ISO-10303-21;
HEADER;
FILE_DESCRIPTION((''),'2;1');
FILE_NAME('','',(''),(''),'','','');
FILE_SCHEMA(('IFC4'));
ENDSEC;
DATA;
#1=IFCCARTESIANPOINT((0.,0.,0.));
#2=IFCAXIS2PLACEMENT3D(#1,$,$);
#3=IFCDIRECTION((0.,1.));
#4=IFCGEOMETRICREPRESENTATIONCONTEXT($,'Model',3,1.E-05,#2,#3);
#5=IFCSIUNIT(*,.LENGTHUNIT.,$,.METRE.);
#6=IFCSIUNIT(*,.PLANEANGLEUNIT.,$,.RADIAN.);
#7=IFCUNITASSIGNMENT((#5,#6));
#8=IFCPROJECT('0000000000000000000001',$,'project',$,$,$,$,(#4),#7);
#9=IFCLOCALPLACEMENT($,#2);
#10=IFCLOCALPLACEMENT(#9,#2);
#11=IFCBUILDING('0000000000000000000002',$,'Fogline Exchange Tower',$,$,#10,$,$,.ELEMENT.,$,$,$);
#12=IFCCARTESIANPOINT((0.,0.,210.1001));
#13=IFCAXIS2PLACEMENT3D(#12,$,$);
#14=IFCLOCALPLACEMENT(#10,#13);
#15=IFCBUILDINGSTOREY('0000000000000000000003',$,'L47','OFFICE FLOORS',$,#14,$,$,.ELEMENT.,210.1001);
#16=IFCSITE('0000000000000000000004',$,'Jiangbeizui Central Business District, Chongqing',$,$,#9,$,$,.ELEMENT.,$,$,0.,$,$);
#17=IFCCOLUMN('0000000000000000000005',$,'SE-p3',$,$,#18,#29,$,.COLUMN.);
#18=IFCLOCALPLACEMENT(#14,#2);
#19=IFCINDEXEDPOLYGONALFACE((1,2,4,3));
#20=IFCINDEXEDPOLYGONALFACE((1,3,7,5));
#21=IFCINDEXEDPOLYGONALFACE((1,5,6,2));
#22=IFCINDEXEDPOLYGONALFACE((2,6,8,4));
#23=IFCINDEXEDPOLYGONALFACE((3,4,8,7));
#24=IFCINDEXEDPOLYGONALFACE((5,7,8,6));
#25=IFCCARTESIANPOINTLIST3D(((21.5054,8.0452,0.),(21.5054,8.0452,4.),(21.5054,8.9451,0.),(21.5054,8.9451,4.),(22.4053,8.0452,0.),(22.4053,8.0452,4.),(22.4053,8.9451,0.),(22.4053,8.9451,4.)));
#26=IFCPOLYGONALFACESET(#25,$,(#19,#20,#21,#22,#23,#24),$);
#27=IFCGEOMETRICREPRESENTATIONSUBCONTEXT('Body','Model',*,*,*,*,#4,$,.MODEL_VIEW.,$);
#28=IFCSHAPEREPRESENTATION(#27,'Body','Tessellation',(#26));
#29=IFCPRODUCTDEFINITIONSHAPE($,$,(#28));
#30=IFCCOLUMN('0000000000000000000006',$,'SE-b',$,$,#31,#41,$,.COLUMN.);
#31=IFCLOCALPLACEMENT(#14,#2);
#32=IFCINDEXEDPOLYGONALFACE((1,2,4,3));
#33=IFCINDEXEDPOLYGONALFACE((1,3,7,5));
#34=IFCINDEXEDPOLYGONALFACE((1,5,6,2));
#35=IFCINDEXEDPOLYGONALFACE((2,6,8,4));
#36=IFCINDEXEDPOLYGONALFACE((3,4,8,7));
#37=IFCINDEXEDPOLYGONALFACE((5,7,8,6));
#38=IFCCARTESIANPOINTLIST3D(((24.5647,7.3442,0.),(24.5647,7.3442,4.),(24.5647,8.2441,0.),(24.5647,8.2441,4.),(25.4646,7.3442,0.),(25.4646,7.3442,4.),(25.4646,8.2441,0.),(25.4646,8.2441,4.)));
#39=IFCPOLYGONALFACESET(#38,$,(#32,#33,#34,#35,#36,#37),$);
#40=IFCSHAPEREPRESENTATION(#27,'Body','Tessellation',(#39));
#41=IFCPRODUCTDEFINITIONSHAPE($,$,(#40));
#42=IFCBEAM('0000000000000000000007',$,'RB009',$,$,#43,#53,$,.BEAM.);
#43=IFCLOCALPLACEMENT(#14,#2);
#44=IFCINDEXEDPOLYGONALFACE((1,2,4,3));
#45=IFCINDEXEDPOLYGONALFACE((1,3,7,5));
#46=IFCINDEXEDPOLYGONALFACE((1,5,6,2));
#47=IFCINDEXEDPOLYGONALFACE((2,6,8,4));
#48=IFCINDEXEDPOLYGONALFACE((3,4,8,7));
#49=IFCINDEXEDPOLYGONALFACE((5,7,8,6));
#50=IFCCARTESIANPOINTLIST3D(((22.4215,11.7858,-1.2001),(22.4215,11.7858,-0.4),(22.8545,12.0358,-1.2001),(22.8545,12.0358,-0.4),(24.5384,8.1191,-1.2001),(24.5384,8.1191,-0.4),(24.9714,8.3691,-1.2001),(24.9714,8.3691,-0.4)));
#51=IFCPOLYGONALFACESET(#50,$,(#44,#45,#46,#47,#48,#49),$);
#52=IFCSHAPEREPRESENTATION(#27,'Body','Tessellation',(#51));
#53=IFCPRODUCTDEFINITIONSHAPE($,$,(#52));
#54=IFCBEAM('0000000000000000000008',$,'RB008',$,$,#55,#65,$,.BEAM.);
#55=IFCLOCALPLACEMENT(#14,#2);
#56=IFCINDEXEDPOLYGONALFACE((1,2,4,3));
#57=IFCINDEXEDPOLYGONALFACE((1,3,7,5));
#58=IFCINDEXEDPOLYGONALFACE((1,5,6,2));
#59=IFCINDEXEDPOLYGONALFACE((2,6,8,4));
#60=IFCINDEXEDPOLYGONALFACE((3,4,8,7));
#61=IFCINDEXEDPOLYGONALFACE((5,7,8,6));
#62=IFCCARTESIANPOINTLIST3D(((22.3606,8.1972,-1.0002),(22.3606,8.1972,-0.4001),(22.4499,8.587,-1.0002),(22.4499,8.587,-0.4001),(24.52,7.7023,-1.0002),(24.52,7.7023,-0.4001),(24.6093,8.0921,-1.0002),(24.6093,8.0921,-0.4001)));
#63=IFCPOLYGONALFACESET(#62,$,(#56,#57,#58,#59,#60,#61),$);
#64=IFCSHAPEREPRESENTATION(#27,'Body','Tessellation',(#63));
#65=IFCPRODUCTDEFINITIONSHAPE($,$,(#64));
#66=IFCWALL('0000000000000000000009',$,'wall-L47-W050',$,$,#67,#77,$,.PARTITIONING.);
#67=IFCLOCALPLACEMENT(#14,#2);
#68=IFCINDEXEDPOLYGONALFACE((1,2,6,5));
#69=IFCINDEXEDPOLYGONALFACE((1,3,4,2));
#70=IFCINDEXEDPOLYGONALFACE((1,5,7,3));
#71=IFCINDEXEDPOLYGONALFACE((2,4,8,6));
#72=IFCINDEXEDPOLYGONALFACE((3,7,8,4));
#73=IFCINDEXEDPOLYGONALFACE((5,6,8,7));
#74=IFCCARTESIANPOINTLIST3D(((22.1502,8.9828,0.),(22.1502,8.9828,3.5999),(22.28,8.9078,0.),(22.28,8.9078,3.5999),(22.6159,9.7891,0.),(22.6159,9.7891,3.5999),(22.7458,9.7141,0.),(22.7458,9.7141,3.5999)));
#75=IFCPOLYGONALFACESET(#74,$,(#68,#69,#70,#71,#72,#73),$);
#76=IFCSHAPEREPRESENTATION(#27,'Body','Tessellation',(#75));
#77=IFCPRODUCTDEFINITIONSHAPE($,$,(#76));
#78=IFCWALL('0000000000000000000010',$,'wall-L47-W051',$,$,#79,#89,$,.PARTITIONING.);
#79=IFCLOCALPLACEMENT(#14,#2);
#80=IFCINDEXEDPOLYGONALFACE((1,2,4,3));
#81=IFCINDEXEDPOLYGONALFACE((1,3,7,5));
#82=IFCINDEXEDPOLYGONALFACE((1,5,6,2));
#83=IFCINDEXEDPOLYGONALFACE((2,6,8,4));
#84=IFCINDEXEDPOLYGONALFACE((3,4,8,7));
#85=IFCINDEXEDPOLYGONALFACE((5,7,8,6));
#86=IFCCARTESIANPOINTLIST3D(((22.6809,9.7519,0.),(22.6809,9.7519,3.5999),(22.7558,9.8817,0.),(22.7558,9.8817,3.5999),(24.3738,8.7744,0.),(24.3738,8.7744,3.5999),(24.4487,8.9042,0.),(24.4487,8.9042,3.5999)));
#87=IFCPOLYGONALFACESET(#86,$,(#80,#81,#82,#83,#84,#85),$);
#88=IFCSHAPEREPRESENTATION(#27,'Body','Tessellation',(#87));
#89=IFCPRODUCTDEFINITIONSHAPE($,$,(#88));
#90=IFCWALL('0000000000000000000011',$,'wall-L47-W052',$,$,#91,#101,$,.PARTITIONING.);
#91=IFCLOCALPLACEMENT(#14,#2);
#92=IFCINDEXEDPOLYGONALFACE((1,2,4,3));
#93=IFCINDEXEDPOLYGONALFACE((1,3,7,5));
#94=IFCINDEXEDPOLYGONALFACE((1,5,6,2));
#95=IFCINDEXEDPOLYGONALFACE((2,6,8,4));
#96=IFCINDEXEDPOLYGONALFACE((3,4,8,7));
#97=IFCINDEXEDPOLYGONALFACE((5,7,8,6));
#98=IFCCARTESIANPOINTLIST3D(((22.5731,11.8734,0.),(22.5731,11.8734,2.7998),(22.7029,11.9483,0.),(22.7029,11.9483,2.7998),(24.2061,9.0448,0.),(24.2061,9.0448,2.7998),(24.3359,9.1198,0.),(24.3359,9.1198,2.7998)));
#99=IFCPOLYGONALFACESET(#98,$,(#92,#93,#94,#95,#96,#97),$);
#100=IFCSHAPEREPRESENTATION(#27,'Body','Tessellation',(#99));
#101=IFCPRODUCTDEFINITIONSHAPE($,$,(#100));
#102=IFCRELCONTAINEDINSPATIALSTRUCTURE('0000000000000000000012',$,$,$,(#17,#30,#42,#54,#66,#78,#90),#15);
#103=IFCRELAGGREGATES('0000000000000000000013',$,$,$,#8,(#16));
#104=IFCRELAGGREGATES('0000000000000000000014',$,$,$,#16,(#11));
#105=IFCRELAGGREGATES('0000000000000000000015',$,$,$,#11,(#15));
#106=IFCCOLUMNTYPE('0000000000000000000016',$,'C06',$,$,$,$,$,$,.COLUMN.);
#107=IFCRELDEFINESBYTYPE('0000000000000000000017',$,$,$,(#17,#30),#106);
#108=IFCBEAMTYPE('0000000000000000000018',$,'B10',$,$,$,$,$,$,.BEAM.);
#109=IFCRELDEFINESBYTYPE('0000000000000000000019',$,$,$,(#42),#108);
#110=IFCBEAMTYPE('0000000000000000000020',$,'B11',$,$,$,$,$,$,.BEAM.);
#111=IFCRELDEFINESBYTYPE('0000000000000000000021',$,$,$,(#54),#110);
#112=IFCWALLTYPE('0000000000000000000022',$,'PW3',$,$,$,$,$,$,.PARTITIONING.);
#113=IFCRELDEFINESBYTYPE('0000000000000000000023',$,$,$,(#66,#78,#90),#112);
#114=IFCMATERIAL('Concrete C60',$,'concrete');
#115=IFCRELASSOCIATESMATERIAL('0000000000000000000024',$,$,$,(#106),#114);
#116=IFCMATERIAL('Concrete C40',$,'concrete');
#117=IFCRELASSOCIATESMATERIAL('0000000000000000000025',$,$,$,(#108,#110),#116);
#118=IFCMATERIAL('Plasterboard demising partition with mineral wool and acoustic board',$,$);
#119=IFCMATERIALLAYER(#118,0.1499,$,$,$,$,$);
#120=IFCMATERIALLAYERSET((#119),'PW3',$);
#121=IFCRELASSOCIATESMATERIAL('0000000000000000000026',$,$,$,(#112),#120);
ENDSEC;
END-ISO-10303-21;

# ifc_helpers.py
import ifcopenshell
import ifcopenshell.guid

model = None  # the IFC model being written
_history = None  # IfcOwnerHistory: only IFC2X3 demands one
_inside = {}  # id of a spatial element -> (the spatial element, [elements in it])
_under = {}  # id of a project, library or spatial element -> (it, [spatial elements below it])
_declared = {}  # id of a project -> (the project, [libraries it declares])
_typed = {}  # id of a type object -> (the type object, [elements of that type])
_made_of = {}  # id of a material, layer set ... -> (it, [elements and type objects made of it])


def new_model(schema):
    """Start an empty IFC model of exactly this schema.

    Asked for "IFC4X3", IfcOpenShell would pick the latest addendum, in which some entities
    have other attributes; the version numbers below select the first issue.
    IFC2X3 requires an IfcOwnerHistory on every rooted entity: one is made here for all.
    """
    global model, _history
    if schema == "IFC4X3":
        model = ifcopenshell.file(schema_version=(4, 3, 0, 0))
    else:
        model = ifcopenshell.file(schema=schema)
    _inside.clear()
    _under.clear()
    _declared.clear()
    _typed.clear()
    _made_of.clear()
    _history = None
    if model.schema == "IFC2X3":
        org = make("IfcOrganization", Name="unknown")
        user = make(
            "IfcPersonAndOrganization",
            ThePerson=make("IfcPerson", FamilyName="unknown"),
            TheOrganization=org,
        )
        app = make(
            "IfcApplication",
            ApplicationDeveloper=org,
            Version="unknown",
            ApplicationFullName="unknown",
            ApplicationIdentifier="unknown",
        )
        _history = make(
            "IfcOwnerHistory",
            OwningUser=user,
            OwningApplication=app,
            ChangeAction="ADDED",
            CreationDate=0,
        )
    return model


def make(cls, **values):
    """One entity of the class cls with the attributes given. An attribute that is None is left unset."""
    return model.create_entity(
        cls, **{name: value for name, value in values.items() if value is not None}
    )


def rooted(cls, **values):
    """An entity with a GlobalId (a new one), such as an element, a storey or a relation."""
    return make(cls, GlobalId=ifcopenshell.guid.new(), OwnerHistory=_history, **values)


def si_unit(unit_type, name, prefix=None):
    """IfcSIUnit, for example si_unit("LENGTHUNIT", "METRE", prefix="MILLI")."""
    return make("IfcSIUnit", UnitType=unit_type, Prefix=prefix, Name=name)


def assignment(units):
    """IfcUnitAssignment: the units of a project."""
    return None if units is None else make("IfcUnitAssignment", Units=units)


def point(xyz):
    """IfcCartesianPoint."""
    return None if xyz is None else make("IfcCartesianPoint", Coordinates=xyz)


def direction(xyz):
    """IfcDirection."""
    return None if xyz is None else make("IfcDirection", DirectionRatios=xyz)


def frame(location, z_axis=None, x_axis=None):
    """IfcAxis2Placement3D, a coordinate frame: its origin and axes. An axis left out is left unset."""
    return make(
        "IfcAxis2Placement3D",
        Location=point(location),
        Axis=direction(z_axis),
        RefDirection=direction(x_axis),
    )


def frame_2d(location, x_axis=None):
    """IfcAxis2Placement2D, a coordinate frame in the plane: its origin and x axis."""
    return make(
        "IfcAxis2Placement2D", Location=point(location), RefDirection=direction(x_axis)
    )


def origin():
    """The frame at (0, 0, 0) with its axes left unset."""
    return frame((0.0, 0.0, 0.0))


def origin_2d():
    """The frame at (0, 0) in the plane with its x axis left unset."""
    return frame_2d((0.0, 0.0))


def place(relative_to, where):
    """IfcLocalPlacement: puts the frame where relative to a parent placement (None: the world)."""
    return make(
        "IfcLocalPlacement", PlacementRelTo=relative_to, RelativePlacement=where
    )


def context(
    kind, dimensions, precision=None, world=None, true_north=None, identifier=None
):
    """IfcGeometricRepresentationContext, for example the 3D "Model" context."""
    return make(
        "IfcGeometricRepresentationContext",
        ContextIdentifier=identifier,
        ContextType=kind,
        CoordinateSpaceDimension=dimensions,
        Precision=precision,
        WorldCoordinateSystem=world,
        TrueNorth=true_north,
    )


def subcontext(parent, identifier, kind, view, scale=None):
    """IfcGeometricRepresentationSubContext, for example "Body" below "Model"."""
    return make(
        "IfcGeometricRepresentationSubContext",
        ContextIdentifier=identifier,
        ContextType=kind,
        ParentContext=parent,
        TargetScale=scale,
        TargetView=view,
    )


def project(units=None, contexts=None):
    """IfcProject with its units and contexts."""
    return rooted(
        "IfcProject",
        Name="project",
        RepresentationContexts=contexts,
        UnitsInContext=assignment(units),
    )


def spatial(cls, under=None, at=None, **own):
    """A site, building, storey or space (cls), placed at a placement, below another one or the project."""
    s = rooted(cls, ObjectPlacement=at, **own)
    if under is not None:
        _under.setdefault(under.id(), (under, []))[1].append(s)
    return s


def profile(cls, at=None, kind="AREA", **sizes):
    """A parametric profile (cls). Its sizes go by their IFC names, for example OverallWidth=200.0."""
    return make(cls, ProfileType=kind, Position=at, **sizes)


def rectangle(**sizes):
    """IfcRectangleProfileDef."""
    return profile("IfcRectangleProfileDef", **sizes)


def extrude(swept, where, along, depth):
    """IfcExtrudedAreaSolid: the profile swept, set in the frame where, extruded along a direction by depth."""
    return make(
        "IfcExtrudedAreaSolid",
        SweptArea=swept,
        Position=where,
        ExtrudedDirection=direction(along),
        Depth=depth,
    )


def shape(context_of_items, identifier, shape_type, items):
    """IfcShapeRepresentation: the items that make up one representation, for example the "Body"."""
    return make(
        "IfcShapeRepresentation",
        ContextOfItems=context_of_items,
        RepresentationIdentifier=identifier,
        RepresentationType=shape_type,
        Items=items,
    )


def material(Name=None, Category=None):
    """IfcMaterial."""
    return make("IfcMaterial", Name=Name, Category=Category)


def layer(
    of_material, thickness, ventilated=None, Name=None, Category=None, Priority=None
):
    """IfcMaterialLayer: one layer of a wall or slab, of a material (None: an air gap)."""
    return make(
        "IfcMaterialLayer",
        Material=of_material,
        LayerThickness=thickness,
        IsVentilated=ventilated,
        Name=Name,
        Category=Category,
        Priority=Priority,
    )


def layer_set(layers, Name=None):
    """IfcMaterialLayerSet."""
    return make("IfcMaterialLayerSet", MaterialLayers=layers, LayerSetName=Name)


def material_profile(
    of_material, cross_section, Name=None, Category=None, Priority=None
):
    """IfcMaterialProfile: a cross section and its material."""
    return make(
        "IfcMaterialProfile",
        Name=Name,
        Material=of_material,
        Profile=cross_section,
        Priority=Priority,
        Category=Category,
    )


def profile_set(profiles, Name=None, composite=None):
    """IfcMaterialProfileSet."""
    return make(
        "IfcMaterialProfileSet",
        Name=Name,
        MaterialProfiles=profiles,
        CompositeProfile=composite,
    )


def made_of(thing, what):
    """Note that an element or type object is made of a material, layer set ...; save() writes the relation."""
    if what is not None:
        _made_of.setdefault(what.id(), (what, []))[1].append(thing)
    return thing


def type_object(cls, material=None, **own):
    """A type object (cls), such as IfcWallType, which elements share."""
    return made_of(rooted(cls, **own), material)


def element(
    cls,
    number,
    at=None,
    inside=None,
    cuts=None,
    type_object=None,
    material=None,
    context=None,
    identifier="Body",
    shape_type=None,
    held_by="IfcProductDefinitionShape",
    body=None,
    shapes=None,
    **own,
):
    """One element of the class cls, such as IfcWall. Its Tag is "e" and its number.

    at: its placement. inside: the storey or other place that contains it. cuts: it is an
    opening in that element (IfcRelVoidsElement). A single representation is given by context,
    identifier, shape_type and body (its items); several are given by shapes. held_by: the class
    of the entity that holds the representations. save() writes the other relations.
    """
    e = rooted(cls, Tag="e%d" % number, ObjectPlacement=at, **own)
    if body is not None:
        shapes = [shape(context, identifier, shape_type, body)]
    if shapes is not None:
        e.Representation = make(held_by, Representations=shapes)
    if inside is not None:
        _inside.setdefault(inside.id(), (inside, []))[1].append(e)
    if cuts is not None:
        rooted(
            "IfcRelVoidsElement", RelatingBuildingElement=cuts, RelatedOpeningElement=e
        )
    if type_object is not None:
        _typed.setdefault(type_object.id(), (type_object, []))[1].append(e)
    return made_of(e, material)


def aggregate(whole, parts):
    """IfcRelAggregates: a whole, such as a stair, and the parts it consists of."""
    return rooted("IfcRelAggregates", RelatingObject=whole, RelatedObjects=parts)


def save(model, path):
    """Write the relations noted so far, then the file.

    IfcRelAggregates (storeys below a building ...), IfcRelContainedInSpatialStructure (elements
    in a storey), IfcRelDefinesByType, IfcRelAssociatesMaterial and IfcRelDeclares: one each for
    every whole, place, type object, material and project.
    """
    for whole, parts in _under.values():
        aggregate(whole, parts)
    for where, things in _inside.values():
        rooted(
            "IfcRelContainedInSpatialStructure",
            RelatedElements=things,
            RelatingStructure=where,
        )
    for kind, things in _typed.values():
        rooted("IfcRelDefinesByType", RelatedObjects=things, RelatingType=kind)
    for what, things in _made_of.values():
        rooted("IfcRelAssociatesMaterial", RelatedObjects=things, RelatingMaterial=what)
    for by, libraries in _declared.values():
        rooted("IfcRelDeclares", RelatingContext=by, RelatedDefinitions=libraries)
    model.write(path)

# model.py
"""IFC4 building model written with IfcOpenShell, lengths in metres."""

from ifc_helpers import new_model, si_unit, direction, frame, frame_2d, origin, origin_2d, place, context, subcontext, project, spatial, rectangle, extrude, material, layer, layer_set, material_profile, profile_set, type_object, element, save


model = new_model("IFC4")

# Units and contexts
model_context = context("Model", 3, precision=1e-05, world=origin(), true_north=direction((0.0, 1.0)))
body_context = subcontext(model_context, "Body", "Model", "MODEL_VIEW")
ifc_project = project(units=[si_unit("LENGTHUNIT", "METRE"), si_unit("PLANEANGLEUNIT", "RADIAN")], contexts=[model_context])

# Site, building, storey
site_placement = place(None, origin())
site = spatial("IfcSite", under=ifc_project, at=site_placement, Name="Jiangbeizui Central Business District, Chongqing", CompositionType="ELEMENT", RefElevation=0.0)
building_placement = place(site_placement, origin())
building = spatial("IfcBuilding", under=site, at=building_placement, Name="Fogline Exchange Tower", CompositionType="ELEMENT")
storey_placement = place(building_placement, frame((0.0, 0.0, 210.1001)))
storey = spatial("IfcBuildingStorey", under=building, at=storey_placement, Name="L47", Description="OFFICE FLOORS", CompositionType="ELEMENT", Elevation=210.1001)

# Columns
ifc_material_1 = material(Name="Concrete C60", Category="concrete")
ifc_material_profile_1 = material_profile(ifc_material_1, rectangle(XDim=0.8999, YDim=0.8999, at=origin_2d()), Name="RC 900x900")
ifc_profile_set_1 = profile_set([ifc_material_profile_1], Name="Concrete C60")
column_type = type_object("IfcColumnType", Name="C06", PredefinedType="COLUMN", material=ifc_profile_set_1)
for number, where, z_axis, x_axis, name in (
    (1, (21.9553, 8.4951, 0.0), (0.0, 0.0, 1.0), (1.0, 0.0, 0.0), "SE-p3"),
    (2, (25.0146, 7.7942, 0.0), (0.0, 0.0, 1.0), (1.0, 0.0, 0.0), "SE-b"),
):
    element("IfcColumn", number, at=place(storey_placement, frame(where, z_axis=z_axis, x_axis=x_axis)), inside=storey, type_object=column_type, Name=name, PredefinedType="COLUMN", context=body_context, shape_type="SweptSolid", body=[
        extrude(rectangle(XDim=0.8999, YDim=0.8999, at=origin_2d()), origin(), (0.0, 0.0, 1.0), 4.0),
    ])

# Beams
ifc_material_2 = material(Name="Concrete C40", Category="concrete")
ifc_material_profile_2 = material_profile(ifc_material_2, rectangle(XDim=0.5, YDim=0.8, at=origin_2d()), Name="RC 500x800")
ifc_profile_set_2 = profile_set([ifc_material_profile_2], Name="Concrete C40")
beam_type_1 = type_object("IfcBeamType", Name="B10", PredefinedType="BEAM", material=ifc_profile_set_2)
beam_1_placement = place(storey_placement, frame((24.7549, 8.2441, -0.8), z_axis=(-0.49999, 0.866031, 0.0), x_axis=(-0.866031, -0.49999, 0.0)))
element("IfcBeam", 3, at=beam_1_placement, inside=storey, type_object=beam_type_1, Name="RB009", PredefinedType="BEAM", context=body_context, shape_type="SweptSolid", body=[
    extrude(rectangle(XDim=0.5, YDim=0.8, at=origin_2d()), origin(), (0.0, 0.0, 1.0), 4.2339),
])
ifc_material_profile_3 = material_profile(ifc_material_2, rectangle(XDim=0.3999, YDim=0.6001, at=origin_2d()), Name="RC 400x600")
ifc_profile_set_3 = profile_set([ifc_material_profile_3], Name="Concrete C40")
beam_type_2 = type_object("IfcBeamType", Name="B11", PredefinedType="BEAM", material=ifc_profile_set_3)
beam_2_placement = place(storey_placement, frame((22.4053, 8.3921, -0.7002), z_axis=(0.974732, -0.223378, 0.0), x_axis=(0.223378, 0.974732, 0.0)))
element("IfcBeam", 4, at=beam_2_placement, inside=storey, type_object=beam_type_2, Name="RB008", PredefinedType="BEAM", context=body_context, shape_type="SweptSolid", body=[
    extrude(rectangle(XDim=0.3999, YDim=0.6001, at=origin_2d()), origin(), (0.0, 0.0, 1.0), 2.2153),
])

# Walls
ifc_material_3 = material(Name="Plasterboard demising partition with mineral wool and acoustic board")
ifc_layer_1 = layer(ifc_material_3, 0.1499)
ifc_layer_set_1 = layer_set([ifc_layer_1], Name="PW3")
wall_type_1 = type_object("IfcWallType", Name="PW3", PredefinedType="PARTITIONING", material=ifc_layer_set_1)
wall_1_placement = place(storey_placement, frame((22.2151, 8.9453, 0.0), z_axis=(0.0, 0.0, 1.0), x_axis=(0.500199, 0.86591, 0.0)))
element("IfcWall", 5, at=wall_1_placement, inside=storey, type_object=wall_type_1, Name="wall-L47-W050", PredefinedType="PARTITIONING", context=body_context, shape_type="SweptSolid", body=[
    extrude(rectangle(XDim=0.9312, YDim=0.1499, at=frame_2d((0.4656, 0.0))), origin(), (0.0, 0.0, 1.0), 3.5999),
])
wall_2_placement = place(storey_placement, frame((22.7183, 9.8169, 0.0), z_axis=(0.0, 0.0, 1.0), x_axis=(0.86599, -0.500061, 0.0)))
element("IfcWall", 6, at=wall_2_placement, inside=storey, type_object=wall_type_1, Name="wall-L47-W051", PredefinedType="PARTITIONING", context=body_context, shape_type="SweptSolid", body=[
    extrude(rectangle(XDim=1.9548, YDim=0.1499, at=frame_2d((0.9775, 0.0))), origin(), (0.0, 0.0, 1.0), 3.5999),
])
wall_3_placement = place(storey_placement, frame((24.271, 9.0823, 0.0), z_axis=(0.0, 0.0, 1.0), x_axis=(-0.49999, 0.866031, 0.0)))
element("IfcWall", 7, at=wall_3_placement, inside=storey, type_object=wall_type_1, Name="wall-L47-W052", PredefinedType="PARTITIONING", context=body_context, shape_type="SweptSolid", body=[
    extrude(rectangle(XDim=3.2661, YDim=0.1499, at=frame_2d((1.6331, 0.0))), origin(), (0.0, 0.0, 1.0), 2.7998),
])

save(model, "model.ifc")
